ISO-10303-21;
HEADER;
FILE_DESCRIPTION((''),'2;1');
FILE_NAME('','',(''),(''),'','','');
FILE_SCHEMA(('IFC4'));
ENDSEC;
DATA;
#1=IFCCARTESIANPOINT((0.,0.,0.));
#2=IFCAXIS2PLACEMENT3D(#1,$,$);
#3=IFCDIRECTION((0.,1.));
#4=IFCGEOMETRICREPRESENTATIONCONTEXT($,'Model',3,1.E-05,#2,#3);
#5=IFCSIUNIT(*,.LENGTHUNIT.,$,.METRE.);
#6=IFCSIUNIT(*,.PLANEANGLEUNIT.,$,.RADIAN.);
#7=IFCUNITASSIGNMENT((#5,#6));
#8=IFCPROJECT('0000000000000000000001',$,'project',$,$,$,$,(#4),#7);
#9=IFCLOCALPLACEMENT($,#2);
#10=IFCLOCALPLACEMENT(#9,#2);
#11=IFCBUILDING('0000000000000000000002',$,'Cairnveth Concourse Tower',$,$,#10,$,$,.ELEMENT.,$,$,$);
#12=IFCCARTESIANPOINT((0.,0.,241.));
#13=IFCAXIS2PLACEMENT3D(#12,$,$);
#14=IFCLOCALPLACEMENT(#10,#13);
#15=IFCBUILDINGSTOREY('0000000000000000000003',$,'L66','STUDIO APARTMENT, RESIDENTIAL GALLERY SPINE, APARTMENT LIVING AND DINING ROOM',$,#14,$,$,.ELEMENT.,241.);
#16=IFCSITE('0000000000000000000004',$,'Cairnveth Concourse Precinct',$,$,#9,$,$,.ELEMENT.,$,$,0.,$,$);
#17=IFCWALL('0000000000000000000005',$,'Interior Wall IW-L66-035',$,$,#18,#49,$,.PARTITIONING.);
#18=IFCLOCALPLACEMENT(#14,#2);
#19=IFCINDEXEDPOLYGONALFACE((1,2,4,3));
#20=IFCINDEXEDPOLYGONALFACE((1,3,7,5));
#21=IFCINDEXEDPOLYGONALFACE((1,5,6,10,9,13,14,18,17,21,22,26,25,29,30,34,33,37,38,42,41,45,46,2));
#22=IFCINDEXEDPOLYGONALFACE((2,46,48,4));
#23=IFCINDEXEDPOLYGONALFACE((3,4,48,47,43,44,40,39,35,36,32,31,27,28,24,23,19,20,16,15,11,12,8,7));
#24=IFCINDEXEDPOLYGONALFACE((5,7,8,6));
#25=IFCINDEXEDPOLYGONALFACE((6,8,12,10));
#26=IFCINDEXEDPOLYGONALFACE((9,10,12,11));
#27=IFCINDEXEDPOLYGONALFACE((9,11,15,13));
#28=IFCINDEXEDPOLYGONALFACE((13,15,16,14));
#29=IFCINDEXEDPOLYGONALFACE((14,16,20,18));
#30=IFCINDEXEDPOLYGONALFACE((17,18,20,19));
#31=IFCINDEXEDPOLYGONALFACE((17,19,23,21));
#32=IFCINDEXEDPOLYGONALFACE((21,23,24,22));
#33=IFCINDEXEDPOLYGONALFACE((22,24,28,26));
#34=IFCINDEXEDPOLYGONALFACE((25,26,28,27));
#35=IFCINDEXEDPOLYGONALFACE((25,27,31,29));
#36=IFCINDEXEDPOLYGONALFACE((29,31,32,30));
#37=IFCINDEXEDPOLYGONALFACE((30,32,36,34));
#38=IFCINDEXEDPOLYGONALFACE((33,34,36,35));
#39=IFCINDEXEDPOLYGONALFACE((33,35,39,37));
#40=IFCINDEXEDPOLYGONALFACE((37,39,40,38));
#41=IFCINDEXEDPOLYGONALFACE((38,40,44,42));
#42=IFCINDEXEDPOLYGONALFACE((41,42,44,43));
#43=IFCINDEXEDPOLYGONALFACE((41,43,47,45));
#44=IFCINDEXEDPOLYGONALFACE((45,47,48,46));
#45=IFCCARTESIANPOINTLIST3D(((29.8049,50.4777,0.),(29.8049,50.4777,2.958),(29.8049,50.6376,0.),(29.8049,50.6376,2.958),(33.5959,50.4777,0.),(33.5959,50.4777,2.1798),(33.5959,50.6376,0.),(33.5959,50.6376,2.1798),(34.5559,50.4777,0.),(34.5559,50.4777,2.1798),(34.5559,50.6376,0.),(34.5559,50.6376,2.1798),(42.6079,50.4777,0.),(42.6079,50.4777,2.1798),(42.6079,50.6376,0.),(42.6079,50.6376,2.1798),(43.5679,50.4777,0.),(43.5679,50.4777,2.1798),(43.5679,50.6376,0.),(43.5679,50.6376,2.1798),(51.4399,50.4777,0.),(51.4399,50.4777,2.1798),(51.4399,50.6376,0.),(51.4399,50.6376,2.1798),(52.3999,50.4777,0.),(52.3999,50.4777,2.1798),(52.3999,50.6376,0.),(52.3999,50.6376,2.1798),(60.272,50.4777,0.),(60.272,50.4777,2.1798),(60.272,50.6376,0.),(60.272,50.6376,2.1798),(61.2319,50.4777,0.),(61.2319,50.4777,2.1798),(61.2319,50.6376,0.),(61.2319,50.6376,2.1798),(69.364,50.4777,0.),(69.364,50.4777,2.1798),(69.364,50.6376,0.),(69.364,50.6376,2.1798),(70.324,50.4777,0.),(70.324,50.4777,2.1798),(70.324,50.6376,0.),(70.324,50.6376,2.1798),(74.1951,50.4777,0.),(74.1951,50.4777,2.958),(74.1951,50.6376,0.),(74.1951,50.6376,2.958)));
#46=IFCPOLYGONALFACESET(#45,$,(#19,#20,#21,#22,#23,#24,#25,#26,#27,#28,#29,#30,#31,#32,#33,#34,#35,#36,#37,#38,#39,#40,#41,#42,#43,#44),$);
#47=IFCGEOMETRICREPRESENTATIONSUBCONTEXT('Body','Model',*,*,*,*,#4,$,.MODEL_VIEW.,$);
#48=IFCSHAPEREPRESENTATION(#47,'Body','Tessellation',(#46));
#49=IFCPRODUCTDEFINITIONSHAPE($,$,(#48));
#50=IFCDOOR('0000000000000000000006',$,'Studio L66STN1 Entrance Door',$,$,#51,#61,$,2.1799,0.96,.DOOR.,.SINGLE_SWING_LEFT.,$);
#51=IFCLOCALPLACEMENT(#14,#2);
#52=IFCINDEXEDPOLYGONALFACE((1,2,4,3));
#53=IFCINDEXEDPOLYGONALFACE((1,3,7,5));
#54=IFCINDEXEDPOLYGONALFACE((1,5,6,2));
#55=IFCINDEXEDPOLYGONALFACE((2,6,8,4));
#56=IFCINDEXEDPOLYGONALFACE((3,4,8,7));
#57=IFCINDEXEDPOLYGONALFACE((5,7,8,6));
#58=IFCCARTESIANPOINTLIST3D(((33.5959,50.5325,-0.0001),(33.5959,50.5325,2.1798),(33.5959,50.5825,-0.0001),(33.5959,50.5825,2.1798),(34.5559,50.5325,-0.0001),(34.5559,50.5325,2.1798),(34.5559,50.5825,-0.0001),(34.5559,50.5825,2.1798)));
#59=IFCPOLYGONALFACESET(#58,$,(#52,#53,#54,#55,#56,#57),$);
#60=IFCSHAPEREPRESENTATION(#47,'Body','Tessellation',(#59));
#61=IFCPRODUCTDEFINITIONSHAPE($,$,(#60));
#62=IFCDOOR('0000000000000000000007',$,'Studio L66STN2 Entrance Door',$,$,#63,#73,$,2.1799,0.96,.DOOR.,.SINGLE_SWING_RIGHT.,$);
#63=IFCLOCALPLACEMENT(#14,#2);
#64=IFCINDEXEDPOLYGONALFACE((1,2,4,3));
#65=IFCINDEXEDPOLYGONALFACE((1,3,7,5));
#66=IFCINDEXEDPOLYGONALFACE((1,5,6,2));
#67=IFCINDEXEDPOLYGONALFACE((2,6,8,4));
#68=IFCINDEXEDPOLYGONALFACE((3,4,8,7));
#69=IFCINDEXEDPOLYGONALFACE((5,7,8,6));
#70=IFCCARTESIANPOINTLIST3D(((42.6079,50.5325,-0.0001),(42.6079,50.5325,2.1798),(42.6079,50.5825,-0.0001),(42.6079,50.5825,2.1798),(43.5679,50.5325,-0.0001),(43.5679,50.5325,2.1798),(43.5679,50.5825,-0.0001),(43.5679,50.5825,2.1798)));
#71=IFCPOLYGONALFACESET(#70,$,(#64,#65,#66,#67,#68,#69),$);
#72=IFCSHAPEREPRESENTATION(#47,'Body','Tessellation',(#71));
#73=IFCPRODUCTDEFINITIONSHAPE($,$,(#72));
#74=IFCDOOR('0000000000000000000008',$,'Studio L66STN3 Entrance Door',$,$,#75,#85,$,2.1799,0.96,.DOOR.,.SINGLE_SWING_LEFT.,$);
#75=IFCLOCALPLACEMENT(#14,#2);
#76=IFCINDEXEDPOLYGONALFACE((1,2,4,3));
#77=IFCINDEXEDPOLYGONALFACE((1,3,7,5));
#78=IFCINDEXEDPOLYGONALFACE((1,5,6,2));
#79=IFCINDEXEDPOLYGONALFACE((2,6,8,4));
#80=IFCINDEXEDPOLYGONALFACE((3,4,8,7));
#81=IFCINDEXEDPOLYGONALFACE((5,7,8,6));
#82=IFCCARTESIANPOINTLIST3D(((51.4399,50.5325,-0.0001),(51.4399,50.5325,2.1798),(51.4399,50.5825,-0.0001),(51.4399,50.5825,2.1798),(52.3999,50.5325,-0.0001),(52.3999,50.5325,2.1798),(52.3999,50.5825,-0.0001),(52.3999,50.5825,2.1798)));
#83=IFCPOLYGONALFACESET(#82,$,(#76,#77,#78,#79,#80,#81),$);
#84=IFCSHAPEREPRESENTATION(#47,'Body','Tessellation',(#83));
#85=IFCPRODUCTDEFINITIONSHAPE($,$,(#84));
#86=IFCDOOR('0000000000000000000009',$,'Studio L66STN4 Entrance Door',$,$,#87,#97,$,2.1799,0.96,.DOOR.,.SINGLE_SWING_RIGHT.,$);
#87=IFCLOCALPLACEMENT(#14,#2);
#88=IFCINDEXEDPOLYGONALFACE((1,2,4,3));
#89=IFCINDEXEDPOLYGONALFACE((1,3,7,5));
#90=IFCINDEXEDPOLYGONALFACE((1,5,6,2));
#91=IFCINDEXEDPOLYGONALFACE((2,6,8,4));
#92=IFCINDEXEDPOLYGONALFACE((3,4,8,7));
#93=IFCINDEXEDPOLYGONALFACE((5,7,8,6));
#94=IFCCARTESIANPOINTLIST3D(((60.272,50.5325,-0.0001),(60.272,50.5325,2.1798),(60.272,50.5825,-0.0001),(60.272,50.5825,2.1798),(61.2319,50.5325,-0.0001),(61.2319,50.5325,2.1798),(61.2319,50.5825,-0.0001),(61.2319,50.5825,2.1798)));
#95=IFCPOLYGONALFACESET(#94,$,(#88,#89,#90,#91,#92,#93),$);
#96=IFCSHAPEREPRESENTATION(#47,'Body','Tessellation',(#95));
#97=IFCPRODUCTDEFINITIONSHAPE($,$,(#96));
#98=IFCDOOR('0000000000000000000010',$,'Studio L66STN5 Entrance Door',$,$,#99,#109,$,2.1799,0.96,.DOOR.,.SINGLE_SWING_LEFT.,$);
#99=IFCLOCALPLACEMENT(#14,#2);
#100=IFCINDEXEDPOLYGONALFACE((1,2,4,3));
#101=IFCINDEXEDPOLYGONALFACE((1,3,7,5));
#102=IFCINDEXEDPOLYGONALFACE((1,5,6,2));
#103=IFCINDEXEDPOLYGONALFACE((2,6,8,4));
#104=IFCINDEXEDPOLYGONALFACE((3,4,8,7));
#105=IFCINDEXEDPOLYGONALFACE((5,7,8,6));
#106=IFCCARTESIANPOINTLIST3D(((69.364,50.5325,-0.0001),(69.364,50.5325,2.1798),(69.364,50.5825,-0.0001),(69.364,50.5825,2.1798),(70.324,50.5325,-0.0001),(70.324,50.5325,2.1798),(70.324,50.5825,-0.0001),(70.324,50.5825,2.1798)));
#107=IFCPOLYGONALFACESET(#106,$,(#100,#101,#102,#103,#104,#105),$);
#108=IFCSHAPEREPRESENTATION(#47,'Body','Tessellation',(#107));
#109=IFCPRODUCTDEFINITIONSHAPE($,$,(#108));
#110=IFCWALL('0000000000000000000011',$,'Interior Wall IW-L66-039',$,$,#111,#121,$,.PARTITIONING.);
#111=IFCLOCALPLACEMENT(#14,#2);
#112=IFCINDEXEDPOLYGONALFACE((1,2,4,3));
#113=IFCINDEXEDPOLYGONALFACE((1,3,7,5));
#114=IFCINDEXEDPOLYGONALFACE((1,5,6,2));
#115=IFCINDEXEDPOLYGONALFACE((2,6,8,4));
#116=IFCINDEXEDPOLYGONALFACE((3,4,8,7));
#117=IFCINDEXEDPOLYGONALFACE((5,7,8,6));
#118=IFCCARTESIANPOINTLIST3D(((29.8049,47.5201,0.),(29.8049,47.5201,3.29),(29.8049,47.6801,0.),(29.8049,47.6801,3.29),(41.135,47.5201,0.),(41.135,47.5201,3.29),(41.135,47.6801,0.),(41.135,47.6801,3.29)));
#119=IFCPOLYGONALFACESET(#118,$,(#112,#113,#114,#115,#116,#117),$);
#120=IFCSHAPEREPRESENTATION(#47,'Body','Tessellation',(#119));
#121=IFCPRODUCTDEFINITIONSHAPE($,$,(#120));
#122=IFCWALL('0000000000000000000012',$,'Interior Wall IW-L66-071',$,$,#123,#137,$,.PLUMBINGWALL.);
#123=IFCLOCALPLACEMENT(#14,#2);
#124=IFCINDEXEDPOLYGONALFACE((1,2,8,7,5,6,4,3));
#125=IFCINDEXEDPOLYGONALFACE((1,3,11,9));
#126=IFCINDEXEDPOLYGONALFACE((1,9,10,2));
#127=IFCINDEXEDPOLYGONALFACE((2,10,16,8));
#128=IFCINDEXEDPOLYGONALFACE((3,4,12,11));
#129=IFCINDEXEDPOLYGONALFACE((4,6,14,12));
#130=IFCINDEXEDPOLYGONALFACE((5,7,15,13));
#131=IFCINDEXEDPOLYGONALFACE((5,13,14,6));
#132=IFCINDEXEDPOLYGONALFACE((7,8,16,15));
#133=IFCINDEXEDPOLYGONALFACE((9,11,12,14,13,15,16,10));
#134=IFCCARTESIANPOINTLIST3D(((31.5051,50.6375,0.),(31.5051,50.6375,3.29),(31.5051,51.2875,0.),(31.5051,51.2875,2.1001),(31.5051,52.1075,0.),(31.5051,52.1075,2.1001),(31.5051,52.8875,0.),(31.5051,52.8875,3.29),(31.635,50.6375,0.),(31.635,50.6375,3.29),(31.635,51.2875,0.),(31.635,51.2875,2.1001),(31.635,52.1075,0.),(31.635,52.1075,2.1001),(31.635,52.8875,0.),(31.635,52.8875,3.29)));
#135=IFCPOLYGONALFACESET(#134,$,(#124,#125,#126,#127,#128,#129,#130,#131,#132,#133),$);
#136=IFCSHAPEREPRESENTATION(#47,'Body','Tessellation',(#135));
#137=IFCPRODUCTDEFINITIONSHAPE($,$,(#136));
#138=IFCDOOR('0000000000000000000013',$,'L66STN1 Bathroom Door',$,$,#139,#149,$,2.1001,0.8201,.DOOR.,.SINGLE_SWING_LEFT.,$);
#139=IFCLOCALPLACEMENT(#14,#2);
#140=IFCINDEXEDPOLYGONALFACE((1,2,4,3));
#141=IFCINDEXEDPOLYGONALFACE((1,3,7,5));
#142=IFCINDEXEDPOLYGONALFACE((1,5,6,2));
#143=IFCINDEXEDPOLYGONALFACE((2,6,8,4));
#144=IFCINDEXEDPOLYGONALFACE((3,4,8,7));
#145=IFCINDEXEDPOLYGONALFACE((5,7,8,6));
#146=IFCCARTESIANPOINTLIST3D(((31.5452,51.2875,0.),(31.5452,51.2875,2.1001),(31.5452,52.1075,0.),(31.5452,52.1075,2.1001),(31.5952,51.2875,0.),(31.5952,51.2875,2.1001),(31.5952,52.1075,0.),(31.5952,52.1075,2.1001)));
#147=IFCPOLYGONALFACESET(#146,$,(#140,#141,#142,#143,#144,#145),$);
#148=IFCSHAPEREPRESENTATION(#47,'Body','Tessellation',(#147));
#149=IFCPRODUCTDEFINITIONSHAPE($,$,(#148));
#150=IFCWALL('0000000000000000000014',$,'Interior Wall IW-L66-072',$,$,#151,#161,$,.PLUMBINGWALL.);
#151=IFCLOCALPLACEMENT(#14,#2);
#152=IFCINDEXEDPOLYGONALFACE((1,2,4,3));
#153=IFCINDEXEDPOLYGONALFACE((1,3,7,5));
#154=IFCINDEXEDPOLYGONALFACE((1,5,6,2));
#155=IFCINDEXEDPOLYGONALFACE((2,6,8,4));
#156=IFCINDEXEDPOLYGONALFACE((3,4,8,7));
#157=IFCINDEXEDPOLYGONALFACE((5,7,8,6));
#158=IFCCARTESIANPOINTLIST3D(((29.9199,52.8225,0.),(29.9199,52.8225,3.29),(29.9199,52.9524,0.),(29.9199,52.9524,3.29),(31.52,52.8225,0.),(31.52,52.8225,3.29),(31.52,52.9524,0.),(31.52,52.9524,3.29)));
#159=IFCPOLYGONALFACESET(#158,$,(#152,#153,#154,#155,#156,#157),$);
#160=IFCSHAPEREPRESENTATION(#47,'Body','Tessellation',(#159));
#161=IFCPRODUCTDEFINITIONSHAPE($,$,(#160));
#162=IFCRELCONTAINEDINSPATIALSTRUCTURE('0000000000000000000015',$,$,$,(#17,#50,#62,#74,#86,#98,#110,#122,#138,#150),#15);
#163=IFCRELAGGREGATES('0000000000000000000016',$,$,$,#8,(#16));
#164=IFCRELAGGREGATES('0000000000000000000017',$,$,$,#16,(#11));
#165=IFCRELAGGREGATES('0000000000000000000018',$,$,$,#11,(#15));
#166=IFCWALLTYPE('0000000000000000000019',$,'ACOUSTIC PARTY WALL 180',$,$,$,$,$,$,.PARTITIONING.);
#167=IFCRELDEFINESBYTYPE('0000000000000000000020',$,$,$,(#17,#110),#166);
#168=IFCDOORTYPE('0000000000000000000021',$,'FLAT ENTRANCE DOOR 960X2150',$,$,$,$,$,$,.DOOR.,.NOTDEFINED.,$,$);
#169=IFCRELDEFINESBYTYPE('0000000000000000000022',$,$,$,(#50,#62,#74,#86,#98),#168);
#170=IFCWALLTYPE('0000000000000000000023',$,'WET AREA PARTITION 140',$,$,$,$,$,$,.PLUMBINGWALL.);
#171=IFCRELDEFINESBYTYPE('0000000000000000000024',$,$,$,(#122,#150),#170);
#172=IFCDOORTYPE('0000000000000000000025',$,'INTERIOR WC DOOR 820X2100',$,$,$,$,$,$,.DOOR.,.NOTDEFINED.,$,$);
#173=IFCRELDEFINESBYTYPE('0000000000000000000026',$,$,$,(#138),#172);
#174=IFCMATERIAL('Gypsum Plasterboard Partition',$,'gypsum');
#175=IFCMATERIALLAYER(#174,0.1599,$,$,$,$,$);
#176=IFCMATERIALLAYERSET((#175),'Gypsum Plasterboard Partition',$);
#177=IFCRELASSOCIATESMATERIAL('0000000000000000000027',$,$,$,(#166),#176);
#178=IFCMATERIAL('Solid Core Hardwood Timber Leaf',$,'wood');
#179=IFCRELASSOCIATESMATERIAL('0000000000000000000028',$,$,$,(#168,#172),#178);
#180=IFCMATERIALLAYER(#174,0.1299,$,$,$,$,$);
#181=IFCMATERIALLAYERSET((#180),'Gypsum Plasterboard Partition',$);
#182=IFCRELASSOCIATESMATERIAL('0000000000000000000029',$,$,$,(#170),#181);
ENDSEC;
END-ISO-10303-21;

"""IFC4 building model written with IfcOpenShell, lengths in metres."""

from ifc_helpers import new_model, si_unit, direction, frame, frame_2d, origin, place, context, subcontext, project, spatial, rectangle, extrude, material, layer, layer_set, type_object, element, fill, save


model = new_model("IFC4")

# Units and contexts
model_context = context("Model", 3, precision=1e-05, world=origin(), true_north=direction((0.0, 1.0)))
body_context = subcontext(model_context, "Body", "Model", "MODEL_VIEW")
ifc_project = project(units=[si_unit("LENGTHUNIT", "METRE"), si_unit("PLANEANGLEUNIT", "RADIAN")], contexts=[model_context])

# Site, building, storey
site_placement = place(None, origin())
site = spatial("IfcSite", under=ifc_project, at=site_placement, Name="Cairnveth Concourse Precinct", CompositionType="ELEMENT", RefElevation=0.0)
building_placement = place(site_placement, origin())
building = spatial("IfcBuilding", under=site, at=building_placement, Name="Cairnveth Concourse Tower", CompositionType="ELEMENT")
storey_placement = place(building_placement, frame((0.0, 0.0, 241.0)))
storey = spatial("IfcBuildingStorey", under=building, at=storey_placement, Name="L66", Description="STUDIO APARTMENT, RESIDENTIAL GALLERY SPINE, APARTMENT LIVING AND DINING ROOM", CompositionType="ELEMENT", Elevation=241.0)

# Wall, openings, doors
ifc_material_1 = material(Name="Gypsum Plasterboard Partition", Category="gypsum")
ifc_layer_1 = layer(ifc_material_1, 0.1599)
ifc_layer_set_1 = layer_set([ifc_layer_1], Name="Gypsum Plasterboard Partition")
wall_type_1 = type_object("IfcWallType", Name="ACOUSTIC PARTY WALL 180", PredefinedType="PARTITIONING", material=ifc_layer_set_1)
wall_1_placement = place(storey_placement, frame((29.8049, 50.5576, 0.0), z_axis=(0.0, 0.0, 1.0), x_axis=(1.0, 0.0, 0.0)))
wall_1 = element("IfcWall", 1, at=wall_1_placement, inside=storey, type_object=wall_type_1, Name="Interior Wall IW-L66-035", PredefinedType="PARTITIONING", context=body_context, shape_type="SweptSolid", body=[
    extrude(rectangle(XDim=44.3901, YDim=0.1599, at=frame_2d((22.1951, 0.0))), origin(), (0.0, 0.0, 1.0), 2.958),
])
opening_1_placement = place(wall_1_placement, frame((3.791, 0.0, 0.0)))
opening_1 = element("IfcOpeningElement", 2, at=opening_1_placement, cuts=wall_1, PredefinedType="OPENING", context=body_context, shape_type="SweptSolid", body=[
    extrude(rectangle(XDim=0.96, YDim=2.1799, at=frame_2d((0.48, 1.0898))), frame((0.0, 0.0898, 0.0), z_axis=(0.0, -1.0, 0.0), x_axis=(1.0, 0.0, 0.0)), (0.0, 0.0, 1.0), 0.1799),
])
opening_2_placement = place(wall_1_placement, frame((12.803, 0.0, 0.0)))
opening_2 = element("IfcOpeningElement", 3, at=opening_2_placement, cuts=wall_1, PredefinedType="OPENING", context=body_context, shape_type="SweptSolid", body=[
    extrude(rectangle(XDim=0.96, YDim=2.1799, at=frame_2d((0.48, 1.0898))), frame((0.0, 0.0898, 0.0), z_axis=(0.0, -1.0, 0.0), x_axis=(1.0, 0.0, 0.0)), (0.0, 0.0, 1.0), 0.1799),
])
opening_3_placement = place(wall_1_placement, frame((21.635, 0.0, 0.0)))
opening_3 = element("IfcOpeningElement", 4, at=opening_3_placement, cuts=wall_1, PredefinedType="OPENING", context=body_context, shape_type="SweptSolid", body=[
    extrude(rectangle(XDim=0.96, YDim=2.1799, at=frame_2d((0.48, 1.0898))), frame((0.0, 0.0898, 0.0), z_axis=(0.0, -1.0, 0.0), x_axis=(1.0, 0.0, 0.0)), (0.0, 0.0, 1.0), 0.1799),
])
opening_4_placement = place(wall_1_placement, frame((30.467, 0.0, 0.0)))
opening_4 = element("IfcOpeningElement", 5, at=opening_4_placement, cuts=wall_1, PredefinedType="OPENING", context=body_context, shape_type="SweptSolid", body=[
    extrude(rectangle(XDim=0.96, YDim=2.1799, at=frame_2d((0.48, 1.0898))), frame((0.0, 0.0898, 0.0), z_axis=(0.0, -1.0, 0.0), x_axis=(1.0, 0.0, 0.0)), (0.0, 0.0, 1.0), 0.1799),
])
opening_5_placement = place(wall_1_placement, frame((39.5591, 0.0, 0.0)))
opening_5 = element("IfcOpeningElement", 6, at=opening_5_placement, cuts=wall_1, PredefinedType="OPENING", context=body_context, shape_type="SweptSolid", body=[
    extrude(rectangle(XDim=0.96, YDim=2.1799, at=frame_2d((0.48, 1.0898))), frame((0.0, 0.0898, 0.0), z_axis=(0.0, -1.0, 0.0), x_axis=(1.0, 0.0, 0.0)), (0.0, 0.0, 1.0), 0.1799),
])
ifc_material_2 = material(Name="Solid Core Hardwood Timber Leaf", Category="wood")
door_type_1 = type_object("IfcDoorType", Name="FLAT ENTRANCE DOOR 960X2150", OperationType="NOTDEFINED", PredefinedType="DOOR", material=ifc_material_2)
door_1_placement = place(opening_1_placement, origin())
door_1 = element("IfcDoor", 7, at=door_1_placement, inside=storey, type_object=door_type_1, Name="Studio L66STN1 Entrance Door", OperationType="SINGLE_SWING_LEFT", OverallHeight=2.1799, OverallWidth=0.96, PredefinedType="DOOR", context=body_context, shape_type="SweptSolid", body=[
    extrude(rectangle(XDim=0.96, YDim=2.1799, at=frame_2d((0.48, 1.0898))), frame((0.0, 0.0249, 0.0), z_axis=(0.0, -1.0, 0.0), x_axis=(1.0, 0.0, 0.0)), (0.0, 0.0, 1.0), 0.05),
])
fill(opening_1, door_1)
door_2_placement = place(opening_2_placement, origin())
door_2 = element("IfcDoor", 8, at=door_2_placement, inside=storey, type_object=door_type_1, Name="Studio L66STN2 Entrance Door", OperationType="SINGLE_SWING_RIGHT", OverallHeight=2.1799, OverallWidth=0.96, PredefinedType="DOOR", context=body_context, shape_type="SweptSolid", body=[
    extrude(rectangle(XDim=0.96, YDim=2.1799, at=frame_2d((0.48, 1.0898))), frame((0.0, 0.0249, 0.0), z_axis=(0.0, -1.0, 0.0), x_axis=(1.0, 0.0, 0.0)), (0.0, 0.0, 1.0), 0.05),
])
fill(opening_2, door_2)
door_3_placement = place(opening_3_placement, origin())
door_3 = element("IfcDoor", 9, at=door_3_placement, inside=storey, type_object=door_type_1, Name="Studio L66STN3 Entrance Door", OperationType="SINGLE_SWING_LEFT", OverallHeight=2.1799, OverallWidth=0.96, PredefinedType="DOOR", context=body_context, shape_type="SweptSolid", body=[
    extrude(rectangle(XDim=0.96, YDim=2.1799, at=frame_2d((0.48, 1.0898))), frame((0.0, 0.0249, 0.0), z_axis=(0.0, -1.0, 0.0), x_axis=(1.0, 0.0, 0.0)), (0.0, 0.0, 1.0), 0.05),
])
fill(opening_3, door_3)
door_4_placement = place(opening_4_placement, origin())
door_4 = element("IfcDoor", 10, at=door_4_placement, inside=storey, type_object=door_type_1, Name="Studio L66STN4 Entrance Door", OperationType="SINGLE_SWING_RIGHT", OverallHeight=2.1799, OverallWidth=0.96, PredefinedType="DOOR", context=body_context, shape_type="SweptSolid", body=[
    extrude(rectangle(XDim=0.96, YDim=2.1799, at=frame_2d((0.48, 1.0898))), frame((0.0, 0.0249, 0.0), z_axis=(0.0, -1.0, 0.0), x_axis=(1.0, 0.0, 0.0)), (0.0, 0.0, 1.0), 0.05),
])
fill(opening_4, door_4)
door_5_placement = place(opening_5_placement, origin())
door_5 = element("IfcDoor", 11, at=door_5_placement, inside=storey, type_object=door_type_1, Name="Studio L66STN5 Entrance Door", OperationType="SINGLE_SWING_LEFT", OverallHeight=2.1799, OverallWidth=0.96, PredefinedType="DOOR", context=body_context, shape_type="SweptSolid", body=[
    extrude(rectangle(XDim=0.96, YDim=2.1799, at=frame_2d((0.48, 1.0898))), frame((0.0, 0.0249, 0.0), z_axis=(0.0, -1.0, 0.0), x_axis=(1.0, 0.0, 0.0)), (0.0, 0.0, 1.0), 0.05),
])
fill(opening_5, door_5)

# Wall
wall_2_placement = place(storey_placement, frame((29.8049, 47.6001, 0.0), z_axis=(0.0, 0.0, 1.0), x_axis=(1.0, 0.0, 0.0)))
element("IfcWall", 12, at=wall_2_placement, inside=storey, type_object=wall_type_1, Name="Interior Wall IW-L66-039", PredefinedType="PARTITIONING", context=body_context, shape_type="SweptSolid", body=[
    extrude(rectangle(XDim=11.3301, YDim=0.1599, at=frame_2d((5.665, 0.0))), origin(), (0.0, 0.0, 1.0), 3.29),
])

# Wall, opening, door
ifc_layer_2 = layer(ifc_material_1, 0.1299)
ifc_layer_set_2 = layer_set([ifc_layer_2], Name="Gypsum Plasterboard Partition")
wall_type_2 = type_object("IfcWallType", Name="WET AREA PARTITION 140", PredefinedType="PLUMBINGWALL", material=ifc_layer_set_2)
wall_3_placement = place(storey_placement, frame((31.5701, 50.6375, 0.0), z_axis=(0.0, 0.0, 1.0), x_axis=(0.0, 1.0, 0.0)))
wall_3 = element("IfcWall", 13, at=wall_3_placement, inside=storey, type_object=wall_type_2, Name="Interior Wall IW-L66-071", PredefinedType="PLUMBINGWALL", context=body_context, shape_type="SweptSolid", body=[
    extrude(rectangle(XDim=2.25, YDim=0.1299, at=frame_2d((1.125, 0.0))), origin(), (0.0, 0.0, 1.0), 3.29),
])
opening_6_placement = place(wall_3_placement, frame((0.6499, 0.0, 0.0)))
opening_6 = element("IfcOpeningElement", 14, at=opening_6_placement, cuts=wall_3, PredefinedType="OPENING", context=body_context, shape_type="SweptSolid", body=[
    extrude(rectangle(XDim=0.8201, YDim=2.1001, at=frame_2d((0.4102, 1.05))), frame((0.0, 0.075, 0.0), z_axis=(0.0, -1.0, 0.0), x_axis=(1.0, 0.0, 0.0)), (0.0, 0.0, 1.0), 0.1499),
])
door_type_2 = type_object("IfcDoorType", Name="INTERIOR WC DOOR 820X2100", OperationType="NOTDEFINED", PredefinedType="DOOR", material=ifc_material_2)
door_6_placement = place(opening_6_placement, origin())
door_6 = element("IfcDoor", 15, at=door_6_placement, inside=storey, type_object=door_type_2, Name="L66STN1 Bathroom Door", OperationType="SINGLE_SWING_LEFT", OverallHeight=2.1001, OverallWidth=0.8201, PredefinedType="DOOR", context=body_context, shape_type="SweptSolid", body=[
    extrude(rectangle(XDim=0.8201, YDim=2.1001, at=frame_2d((0.4102, 1.05))), frame((0.0, 0.0249, 0.0), z_axis=(0.0, -1.0, 0.0), x_axis=(1.0, 0.0, 0.0)), (0.0, 0.0, 1.0), 0.05),
])
fill(opening_6, door_6)

# Wall
wall_4_placement = place(storey_placement, frame((29.9199, 52.8875, 0.0), z_axis=(0.0, 0.0, 1.0), x_axis=(1.0, 0.0, 0.0)))
element("IfcWall", 16, at=wall_4_placement, inside=storey, type_object=wall_type_2, Name="Interior Wall IW-L66-072", PredefinedType="PLUMBINGWALL", context=body_context, shape_type="SweptSolid", body=[
    extrude(rectangle(XDim=1.6001, YDim=0.1299, at=frame_2d((0.8, 0.0))), origin(), (0.0, 0.0, 1.0), 3.29),
])

save(model, "model.ifc")
